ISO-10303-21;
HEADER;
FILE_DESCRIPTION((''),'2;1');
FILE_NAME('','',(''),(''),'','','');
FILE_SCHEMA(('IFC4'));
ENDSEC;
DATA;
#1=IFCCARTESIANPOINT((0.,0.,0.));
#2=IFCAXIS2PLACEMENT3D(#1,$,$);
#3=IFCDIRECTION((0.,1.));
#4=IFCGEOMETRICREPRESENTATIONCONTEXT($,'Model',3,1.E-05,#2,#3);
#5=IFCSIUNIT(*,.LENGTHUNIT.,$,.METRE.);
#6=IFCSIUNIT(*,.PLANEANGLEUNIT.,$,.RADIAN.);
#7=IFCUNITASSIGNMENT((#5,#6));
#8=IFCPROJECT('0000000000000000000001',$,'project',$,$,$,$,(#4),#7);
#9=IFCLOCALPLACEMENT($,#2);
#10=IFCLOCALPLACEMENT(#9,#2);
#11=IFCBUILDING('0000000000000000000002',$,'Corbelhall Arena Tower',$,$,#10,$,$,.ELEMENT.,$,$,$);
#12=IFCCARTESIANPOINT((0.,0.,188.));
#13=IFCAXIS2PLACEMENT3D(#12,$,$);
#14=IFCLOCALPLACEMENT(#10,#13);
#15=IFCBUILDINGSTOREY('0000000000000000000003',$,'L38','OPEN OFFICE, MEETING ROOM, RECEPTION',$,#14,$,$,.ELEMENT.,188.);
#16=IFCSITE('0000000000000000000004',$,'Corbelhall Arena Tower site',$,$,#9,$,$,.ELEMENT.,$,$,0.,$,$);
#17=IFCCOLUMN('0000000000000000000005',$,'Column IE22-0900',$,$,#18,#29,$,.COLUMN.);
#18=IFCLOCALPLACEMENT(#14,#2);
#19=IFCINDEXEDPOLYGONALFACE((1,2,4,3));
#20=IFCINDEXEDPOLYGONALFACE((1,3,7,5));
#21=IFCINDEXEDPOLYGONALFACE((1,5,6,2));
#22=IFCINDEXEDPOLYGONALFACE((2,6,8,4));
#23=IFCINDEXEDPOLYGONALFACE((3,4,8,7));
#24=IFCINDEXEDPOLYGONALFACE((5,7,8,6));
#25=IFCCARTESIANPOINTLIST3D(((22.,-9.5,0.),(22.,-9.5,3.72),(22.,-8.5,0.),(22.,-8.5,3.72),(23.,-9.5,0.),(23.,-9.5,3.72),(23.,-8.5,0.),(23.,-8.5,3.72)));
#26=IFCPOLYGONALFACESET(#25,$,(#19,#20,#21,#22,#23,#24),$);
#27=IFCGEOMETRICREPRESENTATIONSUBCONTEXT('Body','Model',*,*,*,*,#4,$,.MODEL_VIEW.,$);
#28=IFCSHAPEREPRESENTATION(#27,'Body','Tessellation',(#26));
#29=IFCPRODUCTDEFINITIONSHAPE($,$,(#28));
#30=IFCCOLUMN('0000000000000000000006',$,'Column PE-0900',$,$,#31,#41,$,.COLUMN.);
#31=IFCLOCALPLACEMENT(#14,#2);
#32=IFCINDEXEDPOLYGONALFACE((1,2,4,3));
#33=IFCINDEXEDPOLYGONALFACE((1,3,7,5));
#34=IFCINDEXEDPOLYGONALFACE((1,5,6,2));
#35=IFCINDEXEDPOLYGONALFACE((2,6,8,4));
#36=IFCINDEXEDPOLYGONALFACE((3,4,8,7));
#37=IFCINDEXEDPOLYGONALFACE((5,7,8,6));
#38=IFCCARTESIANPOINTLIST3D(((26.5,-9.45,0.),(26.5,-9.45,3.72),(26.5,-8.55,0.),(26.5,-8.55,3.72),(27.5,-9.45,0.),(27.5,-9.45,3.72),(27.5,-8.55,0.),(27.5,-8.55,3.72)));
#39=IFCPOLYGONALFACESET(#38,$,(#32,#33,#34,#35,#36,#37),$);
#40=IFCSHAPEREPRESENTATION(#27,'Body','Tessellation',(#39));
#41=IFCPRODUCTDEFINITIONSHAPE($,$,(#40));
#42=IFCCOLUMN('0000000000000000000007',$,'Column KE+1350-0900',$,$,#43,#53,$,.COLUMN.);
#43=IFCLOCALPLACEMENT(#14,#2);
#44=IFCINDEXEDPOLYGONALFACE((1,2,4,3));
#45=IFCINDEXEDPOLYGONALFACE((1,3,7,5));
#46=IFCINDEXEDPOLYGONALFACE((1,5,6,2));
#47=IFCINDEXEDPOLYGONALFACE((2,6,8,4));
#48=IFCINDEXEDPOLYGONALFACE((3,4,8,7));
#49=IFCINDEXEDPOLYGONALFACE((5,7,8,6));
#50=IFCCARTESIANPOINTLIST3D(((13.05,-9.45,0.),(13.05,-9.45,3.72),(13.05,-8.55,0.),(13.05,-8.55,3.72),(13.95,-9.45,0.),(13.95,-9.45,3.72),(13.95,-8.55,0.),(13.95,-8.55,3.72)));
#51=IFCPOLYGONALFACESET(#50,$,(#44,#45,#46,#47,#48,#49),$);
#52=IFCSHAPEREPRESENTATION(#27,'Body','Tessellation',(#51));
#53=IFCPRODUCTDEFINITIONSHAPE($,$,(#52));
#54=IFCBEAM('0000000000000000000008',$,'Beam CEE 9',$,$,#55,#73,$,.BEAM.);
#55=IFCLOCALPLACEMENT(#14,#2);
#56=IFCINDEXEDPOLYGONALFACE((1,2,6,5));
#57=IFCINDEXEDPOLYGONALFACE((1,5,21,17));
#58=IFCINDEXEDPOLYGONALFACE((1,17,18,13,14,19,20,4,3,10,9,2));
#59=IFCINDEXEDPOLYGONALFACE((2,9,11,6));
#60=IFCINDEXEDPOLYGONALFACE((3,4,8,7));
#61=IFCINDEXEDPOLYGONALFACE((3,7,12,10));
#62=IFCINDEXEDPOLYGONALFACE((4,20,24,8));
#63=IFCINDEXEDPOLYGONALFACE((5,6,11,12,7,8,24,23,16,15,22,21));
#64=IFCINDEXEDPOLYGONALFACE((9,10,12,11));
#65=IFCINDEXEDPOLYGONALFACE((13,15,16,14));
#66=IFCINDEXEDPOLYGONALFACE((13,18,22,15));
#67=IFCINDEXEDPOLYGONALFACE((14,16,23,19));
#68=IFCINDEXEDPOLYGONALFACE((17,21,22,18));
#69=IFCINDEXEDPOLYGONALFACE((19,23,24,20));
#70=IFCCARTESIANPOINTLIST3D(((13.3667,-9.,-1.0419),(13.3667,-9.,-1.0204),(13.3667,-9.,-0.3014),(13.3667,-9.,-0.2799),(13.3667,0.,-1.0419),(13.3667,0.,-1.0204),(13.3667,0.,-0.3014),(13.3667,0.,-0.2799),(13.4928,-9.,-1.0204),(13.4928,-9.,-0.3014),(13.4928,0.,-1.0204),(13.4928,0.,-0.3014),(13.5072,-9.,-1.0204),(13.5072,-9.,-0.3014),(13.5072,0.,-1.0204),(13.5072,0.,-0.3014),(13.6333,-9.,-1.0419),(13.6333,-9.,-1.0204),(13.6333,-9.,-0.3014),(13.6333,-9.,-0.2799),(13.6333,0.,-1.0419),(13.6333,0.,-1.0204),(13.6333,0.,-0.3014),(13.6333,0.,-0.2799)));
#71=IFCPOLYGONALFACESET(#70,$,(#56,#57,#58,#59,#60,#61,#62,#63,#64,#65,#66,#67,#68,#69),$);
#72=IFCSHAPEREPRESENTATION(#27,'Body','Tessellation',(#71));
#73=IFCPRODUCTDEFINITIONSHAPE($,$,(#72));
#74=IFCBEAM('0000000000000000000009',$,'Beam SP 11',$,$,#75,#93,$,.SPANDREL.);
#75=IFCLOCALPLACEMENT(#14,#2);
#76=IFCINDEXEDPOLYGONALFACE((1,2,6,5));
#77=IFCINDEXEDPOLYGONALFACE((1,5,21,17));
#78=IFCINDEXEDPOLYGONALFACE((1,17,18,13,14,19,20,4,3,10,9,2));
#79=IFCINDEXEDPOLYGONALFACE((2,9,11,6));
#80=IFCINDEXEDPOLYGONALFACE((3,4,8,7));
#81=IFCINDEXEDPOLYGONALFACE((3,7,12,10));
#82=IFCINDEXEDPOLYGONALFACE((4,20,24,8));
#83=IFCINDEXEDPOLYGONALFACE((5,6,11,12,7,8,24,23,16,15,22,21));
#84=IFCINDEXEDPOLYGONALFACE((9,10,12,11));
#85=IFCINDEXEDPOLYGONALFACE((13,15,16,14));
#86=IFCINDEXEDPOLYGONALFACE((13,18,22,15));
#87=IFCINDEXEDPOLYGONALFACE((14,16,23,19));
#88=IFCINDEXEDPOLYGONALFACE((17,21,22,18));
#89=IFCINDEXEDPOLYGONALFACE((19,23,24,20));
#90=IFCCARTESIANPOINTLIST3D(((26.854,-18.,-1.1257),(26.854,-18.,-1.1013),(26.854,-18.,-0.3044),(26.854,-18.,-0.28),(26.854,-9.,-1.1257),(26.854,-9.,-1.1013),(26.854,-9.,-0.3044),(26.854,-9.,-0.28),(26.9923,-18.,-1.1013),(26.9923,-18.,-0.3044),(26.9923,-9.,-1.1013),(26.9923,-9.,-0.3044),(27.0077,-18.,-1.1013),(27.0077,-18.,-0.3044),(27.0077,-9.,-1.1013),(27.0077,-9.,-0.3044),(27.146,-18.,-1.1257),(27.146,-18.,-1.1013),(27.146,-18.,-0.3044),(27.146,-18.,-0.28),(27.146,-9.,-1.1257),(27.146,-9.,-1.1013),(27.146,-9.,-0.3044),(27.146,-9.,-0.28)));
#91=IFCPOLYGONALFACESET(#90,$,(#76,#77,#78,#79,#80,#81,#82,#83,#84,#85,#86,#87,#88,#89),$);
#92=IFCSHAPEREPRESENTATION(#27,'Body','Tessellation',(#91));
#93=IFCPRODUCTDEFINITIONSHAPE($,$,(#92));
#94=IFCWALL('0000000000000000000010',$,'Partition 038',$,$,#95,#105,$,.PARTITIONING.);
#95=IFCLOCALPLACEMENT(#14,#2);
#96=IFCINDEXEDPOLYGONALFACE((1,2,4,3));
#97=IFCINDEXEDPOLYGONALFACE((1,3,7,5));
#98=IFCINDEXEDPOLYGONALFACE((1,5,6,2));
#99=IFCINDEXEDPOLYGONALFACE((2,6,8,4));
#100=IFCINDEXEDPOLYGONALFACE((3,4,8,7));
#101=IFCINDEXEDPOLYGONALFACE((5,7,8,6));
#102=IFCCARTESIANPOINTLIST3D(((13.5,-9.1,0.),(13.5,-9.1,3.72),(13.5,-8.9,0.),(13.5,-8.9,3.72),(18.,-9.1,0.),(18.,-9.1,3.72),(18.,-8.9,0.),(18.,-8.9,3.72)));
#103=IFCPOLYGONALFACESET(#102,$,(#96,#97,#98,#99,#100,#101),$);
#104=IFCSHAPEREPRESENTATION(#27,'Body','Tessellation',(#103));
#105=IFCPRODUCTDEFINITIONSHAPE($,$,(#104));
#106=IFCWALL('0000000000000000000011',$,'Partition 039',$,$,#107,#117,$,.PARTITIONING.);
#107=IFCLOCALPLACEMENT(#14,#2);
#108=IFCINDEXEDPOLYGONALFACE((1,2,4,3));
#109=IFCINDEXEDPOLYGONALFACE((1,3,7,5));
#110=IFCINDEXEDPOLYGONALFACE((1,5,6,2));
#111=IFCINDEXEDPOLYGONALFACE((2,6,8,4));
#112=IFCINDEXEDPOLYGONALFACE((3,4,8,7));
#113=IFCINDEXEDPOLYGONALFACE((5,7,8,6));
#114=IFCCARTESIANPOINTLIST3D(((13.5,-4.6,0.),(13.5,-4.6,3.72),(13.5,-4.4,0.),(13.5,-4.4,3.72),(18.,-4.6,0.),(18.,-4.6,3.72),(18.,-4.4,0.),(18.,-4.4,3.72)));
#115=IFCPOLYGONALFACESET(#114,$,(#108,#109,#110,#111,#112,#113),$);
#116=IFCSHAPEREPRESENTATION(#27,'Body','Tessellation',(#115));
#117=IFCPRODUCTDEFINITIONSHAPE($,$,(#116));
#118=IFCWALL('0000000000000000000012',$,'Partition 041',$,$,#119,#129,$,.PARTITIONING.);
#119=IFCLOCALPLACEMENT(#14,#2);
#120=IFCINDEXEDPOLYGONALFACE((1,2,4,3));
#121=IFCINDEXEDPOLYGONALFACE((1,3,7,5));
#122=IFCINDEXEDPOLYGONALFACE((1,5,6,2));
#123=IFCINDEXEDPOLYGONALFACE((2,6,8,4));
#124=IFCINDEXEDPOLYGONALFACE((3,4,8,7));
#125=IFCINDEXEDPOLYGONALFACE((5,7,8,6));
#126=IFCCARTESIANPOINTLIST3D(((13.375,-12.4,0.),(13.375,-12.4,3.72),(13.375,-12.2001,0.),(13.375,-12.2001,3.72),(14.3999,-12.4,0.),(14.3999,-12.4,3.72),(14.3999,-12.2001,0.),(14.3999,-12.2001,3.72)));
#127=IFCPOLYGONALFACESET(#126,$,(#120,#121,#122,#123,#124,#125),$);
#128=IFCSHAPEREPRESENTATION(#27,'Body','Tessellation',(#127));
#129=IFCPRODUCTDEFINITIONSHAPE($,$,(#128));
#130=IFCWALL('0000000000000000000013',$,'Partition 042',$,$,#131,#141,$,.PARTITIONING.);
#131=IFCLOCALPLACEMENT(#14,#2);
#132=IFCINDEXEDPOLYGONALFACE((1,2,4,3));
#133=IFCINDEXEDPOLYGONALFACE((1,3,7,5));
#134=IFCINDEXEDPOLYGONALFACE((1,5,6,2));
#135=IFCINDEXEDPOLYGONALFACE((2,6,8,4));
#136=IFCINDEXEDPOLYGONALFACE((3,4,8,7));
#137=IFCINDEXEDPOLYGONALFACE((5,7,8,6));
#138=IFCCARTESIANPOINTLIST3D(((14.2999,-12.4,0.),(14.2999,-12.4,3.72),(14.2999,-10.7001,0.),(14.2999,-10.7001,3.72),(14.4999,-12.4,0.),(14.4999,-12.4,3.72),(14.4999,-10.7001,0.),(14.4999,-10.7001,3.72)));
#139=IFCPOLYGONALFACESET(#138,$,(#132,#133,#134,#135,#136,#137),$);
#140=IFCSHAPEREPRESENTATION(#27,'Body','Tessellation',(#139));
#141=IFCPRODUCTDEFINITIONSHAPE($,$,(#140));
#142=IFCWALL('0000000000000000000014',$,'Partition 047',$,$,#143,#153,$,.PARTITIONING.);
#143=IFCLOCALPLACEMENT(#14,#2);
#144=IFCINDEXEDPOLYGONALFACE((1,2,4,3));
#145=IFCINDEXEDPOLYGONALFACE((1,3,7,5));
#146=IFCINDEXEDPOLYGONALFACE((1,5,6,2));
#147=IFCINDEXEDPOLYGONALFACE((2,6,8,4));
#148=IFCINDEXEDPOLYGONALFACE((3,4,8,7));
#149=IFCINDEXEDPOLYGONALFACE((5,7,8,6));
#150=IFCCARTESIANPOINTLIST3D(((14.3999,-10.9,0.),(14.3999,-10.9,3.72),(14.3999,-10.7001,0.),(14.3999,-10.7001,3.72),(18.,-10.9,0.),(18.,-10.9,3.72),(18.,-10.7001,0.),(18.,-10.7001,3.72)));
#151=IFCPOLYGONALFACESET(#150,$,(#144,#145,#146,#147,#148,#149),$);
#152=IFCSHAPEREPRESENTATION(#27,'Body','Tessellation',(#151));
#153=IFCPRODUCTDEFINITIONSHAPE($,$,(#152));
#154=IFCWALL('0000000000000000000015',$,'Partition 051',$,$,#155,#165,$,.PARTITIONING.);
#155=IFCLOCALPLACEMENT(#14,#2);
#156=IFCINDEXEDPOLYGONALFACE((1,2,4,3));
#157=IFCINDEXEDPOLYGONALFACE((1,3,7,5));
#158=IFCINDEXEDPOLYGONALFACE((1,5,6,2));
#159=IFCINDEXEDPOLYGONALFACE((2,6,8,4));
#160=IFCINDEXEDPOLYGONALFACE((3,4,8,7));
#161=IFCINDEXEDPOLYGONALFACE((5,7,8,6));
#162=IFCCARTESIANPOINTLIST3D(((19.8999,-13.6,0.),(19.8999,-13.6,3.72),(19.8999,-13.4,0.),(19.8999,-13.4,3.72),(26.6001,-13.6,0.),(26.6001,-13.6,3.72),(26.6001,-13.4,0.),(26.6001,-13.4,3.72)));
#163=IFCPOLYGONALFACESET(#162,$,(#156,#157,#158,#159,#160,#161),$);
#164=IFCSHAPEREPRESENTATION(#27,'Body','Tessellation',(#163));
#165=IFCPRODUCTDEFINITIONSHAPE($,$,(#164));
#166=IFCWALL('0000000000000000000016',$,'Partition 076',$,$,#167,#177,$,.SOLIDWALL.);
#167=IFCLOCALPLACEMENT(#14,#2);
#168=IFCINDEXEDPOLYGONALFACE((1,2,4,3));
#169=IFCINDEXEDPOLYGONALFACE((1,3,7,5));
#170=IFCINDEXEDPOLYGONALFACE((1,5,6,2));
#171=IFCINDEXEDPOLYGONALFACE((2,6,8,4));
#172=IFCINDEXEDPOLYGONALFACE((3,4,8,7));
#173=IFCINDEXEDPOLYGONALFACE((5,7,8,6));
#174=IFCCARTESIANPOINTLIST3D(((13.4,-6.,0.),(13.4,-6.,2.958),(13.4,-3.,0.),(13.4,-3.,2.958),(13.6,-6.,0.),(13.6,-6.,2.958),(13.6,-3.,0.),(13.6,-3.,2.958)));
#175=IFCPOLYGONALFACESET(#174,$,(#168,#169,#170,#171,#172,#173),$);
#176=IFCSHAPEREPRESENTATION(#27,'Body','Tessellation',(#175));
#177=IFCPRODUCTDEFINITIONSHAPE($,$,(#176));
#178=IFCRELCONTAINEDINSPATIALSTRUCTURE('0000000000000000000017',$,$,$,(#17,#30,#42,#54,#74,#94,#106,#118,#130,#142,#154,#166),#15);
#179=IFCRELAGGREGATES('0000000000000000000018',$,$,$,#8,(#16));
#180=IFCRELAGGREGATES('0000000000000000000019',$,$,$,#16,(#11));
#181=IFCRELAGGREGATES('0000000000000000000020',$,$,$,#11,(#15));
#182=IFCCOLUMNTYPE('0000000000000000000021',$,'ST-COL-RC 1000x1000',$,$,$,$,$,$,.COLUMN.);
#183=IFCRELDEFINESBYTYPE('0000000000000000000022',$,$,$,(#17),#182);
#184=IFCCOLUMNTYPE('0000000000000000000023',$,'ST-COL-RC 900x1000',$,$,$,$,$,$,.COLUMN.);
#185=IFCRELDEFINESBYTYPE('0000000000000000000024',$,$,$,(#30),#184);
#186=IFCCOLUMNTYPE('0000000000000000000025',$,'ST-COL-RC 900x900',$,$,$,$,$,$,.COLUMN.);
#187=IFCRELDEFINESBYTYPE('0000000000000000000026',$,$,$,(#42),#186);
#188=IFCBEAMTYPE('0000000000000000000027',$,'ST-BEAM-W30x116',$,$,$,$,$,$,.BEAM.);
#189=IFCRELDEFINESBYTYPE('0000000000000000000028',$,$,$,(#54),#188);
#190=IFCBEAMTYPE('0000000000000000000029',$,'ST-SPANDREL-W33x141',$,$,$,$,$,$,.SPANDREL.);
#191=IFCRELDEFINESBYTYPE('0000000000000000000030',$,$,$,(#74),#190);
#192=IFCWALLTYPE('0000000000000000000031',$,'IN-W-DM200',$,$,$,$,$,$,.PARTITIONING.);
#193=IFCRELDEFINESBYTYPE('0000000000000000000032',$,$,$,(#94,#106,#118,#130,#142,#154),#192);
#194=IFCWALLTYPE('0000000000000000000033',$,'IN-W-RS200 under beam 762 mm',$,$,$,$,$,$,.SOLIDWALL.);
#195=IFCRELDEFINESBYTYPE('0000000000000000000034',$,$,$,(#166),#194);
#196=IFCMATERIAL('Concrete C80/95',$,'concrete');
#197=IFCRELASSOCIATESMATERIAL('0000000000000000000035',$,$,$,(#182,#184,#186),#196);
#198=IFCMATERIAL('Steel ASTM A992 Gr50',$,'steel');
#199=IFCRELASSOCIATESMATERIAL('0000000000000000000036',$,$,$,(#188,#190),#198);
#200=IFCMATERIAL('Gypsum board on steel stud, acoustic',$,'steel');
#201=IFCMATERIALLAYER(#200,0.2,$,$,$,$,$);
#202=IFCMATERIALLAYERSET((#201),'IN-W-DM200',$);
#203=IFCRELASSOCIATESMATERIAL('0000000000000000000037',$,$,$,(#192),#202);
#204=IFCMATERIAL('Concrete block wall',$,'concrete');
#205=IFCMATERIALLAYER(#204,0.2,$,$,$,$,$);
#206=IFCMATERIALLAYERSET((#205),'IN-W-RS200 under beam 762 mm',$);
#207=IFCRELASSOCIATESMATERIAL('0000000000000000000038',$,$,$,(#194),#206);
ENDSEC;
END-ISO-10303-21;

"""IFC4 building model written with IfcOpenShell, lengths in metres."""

from ifc_helpers import new_model, si_unit, direction, frame, frame_2d, origin, origin_2d, place, context, subcontext, project, spatial, rectangle, i_section, extrude, material, layer, layer_set, material_profile, profile_set, type_object, element, save


model = new_model("IFC4")

# Units and contexts
model_context = context("Model", 3, precision=1e-05, world=origin(), true_north=direction((0.0, 1.0)))
body_context = subcontext(model_context, "Body", "Model", "MODEL_VIEW")
ifc_project = project(units=[si_unit("LENGTHUNIT", "METRE"), si_unit("PLANEANGLEUNIT", "RADIAN")], contexts=[model_context])

# Site, building, storey
site_placement = place(None, origin())
site = spatial("IfcSite", under=ifc_project, at=site_placement, Name="Corbelhall Arena Tower site", CompositionType="ELEMENT", RefElevation=0.0)
building_placement = place(site_placement, origin())
building = spatial("IfcBuilding", under=site, at=building_placement, Name="Corbelhall Arena Tower", CompositionType="ELEMENT")
storey_placement = place(building_placement, frame((0.0, 0.0, 188.0)))
storey = spatial("IfcBuildingStorey", under=building, at=storey_placement, Name="L38", Description="OPEN OFFICE, MEETING ROOM, RECEPTION", CompositionType="ELEMENT", Elevation=188.0)

# Columns
ifc_material_1 = material(Name="Concrete C80/95", Category="concrete")
ifc_material_profile_1 = material_profile(ifc_material_1, rectangle(XDim=1.0, YDim=1.0, at=origin_2d()))
ifc_profile_set_1 = profile_set([ifc_material_profile_1], Name="Concrete C80/95")
column_type_1 = type_object("IfcColumnType", Name="ST-COL-RC 1000x1000", PredefinedType="COLUMN", material=ifc_profile_set_1)
column_1_placement = place(storey_placement, frame((22.5, -9.0, 0.0), z_axis=(0.0, 0.0, 1.0), x_axis=(1.0, 0.0, 0.0)))
element("IfcColumn", 1, at=column_1_placement, inside=storey, type_object=column_type_1, Name="Column IE22-0900", PredefinedType="COLUMN", context=body_context, shape_type="SweptSolid", body=[
    extrude(rectangle(XDim=1.0, YDim=1.0, at=origin_2d()), origin(), (0.0, 0.0, 1.0), 3.72),
])
ifc_material_profile_2 = material_profile(ifc_material_1, rectangle(XDim=0.8999, YDim=1.0, at=origin_2d()))
ifc_profile_set_2 = profile_set([ifc_material_profile_2], Name="Concrete C80/95")
column_type_2 = type_object("IfcColumnType", Name="ST-COL-RC 900x1000", PredefinedType="COLUMN", material=ifc_profile_set_2)
column_2_placement = place(storey_placement, frame((27.0, -9.0, 0.0), z_axis=(0.0, 0.0, 1.0), x_axis=(0.0, 1.0, 0.0)))
element("IfcColumn", 2, at=column_2_placement, inside=storey, type_object=column_type_2, Name="Column PE-0900", PredefinedType="COLUMN", context=body_context, shape_type="SweptSolid", body=[
    extrude(rectangle(XDim=0.8999, YDim=1.0, at=origin_2d()), origin(), (0.0, 0.0, 1.0), 3.72),
])
ifc_material_profile_3 = material_profile(ifc_material_1, rectangle(XDim=0.8999, YDim=0.8999, at=origin_2d()))
ifc_profile_set_3 = profile_set([ifc_material_profile_3], Name="Concrete C80/95")
column_type_3 = type_object("IfcColumnType", Name="ST-COL-RC 900x900", PredefinedType="COLUMN", material=ifc_profile_set_3)
column_3_placement = place(storey_placement, frame((13.5, -9.0, 0.0), z_axis=(0.0, 0.0, 1.0), x_axis=(1.0, 0.0, 0.0)))
element("IfcColumn", 3, at=column_3_placement, inside=storey, type_object=column_type_3, Name="Column KE+1350-0900", PredefinedType="COLUMN", context=body_context, shape_type="SweptSolid", body=[
    extrude(rectangle(XDim=0.8999, YDim=0.8999, at=origin_2d()), origin(), (0.0, 0.0, 1.0), 3.72),
])

# Beams
ifc_material_2 = material(Name="Steel ASTM A992 Gr50", Category="steel")
ifc_material_profile_4 = material_profile(ifc_material_2, i_section(OverallWidth=0.2666, OverallDepth=0.762, WebThickness=0.0144, FlangeThickness=0.0215, at=origin_2d()))
ifc_profile_set_4 = profile_set([ifc_material_profile_4], Name="Steel ASTM A992 Gr50")
beam_type_1 = type_object("IfcBeamType", Name="ST-BEAM-W30x116", PredefinedType="BEAM", material=ifc_profile_set_4)
beam_1_placement = place(storey_placement, frame((13.5, -9.0, -0.6609), z_axis=(0.0, 1.0, 0.0), x_axis=(-1.0, 0.0, 0.0)))
element("IfcBeam", 4, at=beam_1_placement, inside=storey, type_object=beam_type_1, Name="Beam CEE 9", PredefinedType="BEAM", context=body_context, shape_type="SweptSolid", body=[
    extrude(i_section(OverallWidth=0.2666, OverallDepth=0.762, WebThickness=0.0144, FlangeThickness=0.0215, at=origin_2d()), origin(), (0.0, 0.0, 1.0), 9.0),
])
ifc_material_profile_5 = material_profile(ifc_material_2, i_section(OverallWidth=0.292, OverallDepth=0.8457, WebThickness=0.0154, FlangeThickness=0.0244, at=origin_2d()))
ifc_profile_set_5 = profile_set([ifc_material_profile_5], Name="Steel ASTM A992 Gr50")
beam_type_2 = type_object("IfcBeamType", Name="ST-SPANDREL-W33x141", PredefinedType="SPANDREL", material=ifc_profile_set_5)
beam_2_placement = place(storey_placement, frame((27.0, -9.0, -0.7029), z_axis=(0.0, -1.0, 0.0), x_axis=(1.0, 0.0, 0.0)))
element("IfcBeam", 5, at=beam_2_placement, inside=storey, type_object=beam_type_2, Name="Beam SP 11", PredefinedType="SPANDREL", context=body_context, shape_type="SweptSolid", body=[
    extrude(i_section(OverallWidth=0.292, OverallDepth=0.8457, WebThickness=0.0154, FlangeThickness=0.0244, at=origin_2d()), origin(), (0.0, 0.0, 1.0), 9.0),
])

# Walls
ifc_material_3 = material(Name="Gypsum board on steel stud, acoustic", Category="steel")
ifc_layer_1 = layer(ifc_material_3, 0.2)
ifc_layer_set_1 = layer_set([ifc_layer_1], Name="IN-W-DM200")
wall_type_1 = type_object("IfcWallType", Name="IN-W-DM200", PredefinedType="PARTITIONING", material=ifc_layer_set_1)
for number, where, z_axis, x_axis, name in (
    (6, (13.5, -9.0, 0.0), (0.0, 0.0, 1.0), (1.0, 0.0, 0.0), "Partition 038"),
    (7, (13.5, -4.5, 0.0), (0.0, 0.0, 1.0), (1.0, 0.0, 0.0), "Partition 039"),
):
    element("IfcWall", number, at=place(storey_placement, frame(where, z_axis=z_axis, x_axis=x_axis)), inside=storey, type_object=wall_type_1, Name=name, PredefinedType="PARTITIONING", context=body_context, shape_type="SweptSolid", body=[
        extrude(rectangle(XDim=4.5, YDim=0.2, at=frame_2d((2.25, 0.0))), origin(), (0.0, 0.0, 1.0), 3.72),
    ])
wall_1_placement = place(storey_placement, frame((14.3999, -12.3, 0.0), z_axis=(0.0, 0.0, 1.0), x_axis=(-1.0, 0.0, 0.0)))
element("IfcWall", 8, at=wall_1_placement, inside=storey, type_object=wall_type_1, Name="Partition 041", PredefinedType="PARTITIONING", context=body_context, shape_type="SweptSolid", body=[
    extrude(rectangle(XDim=1.0249, YDim=0.2, at=frame_2d((0.5125, 0.0))), origin(), (0.0, 0.0, 1.0), 3.72),
])
wall_2_placement = place(storey_placement, frame((14.3999, -10.7, 0.0), z_axis=(0.0, 0.0, 1.0), x_axis=(0.0, -1.0, 0.0)))
element("IfcWall", 9, at=wall_2_placement, inside=storey, type_object=wall_type_1, Name="Partition 042", PredefinedType="PARTITIONING", context=body_context, shape_type="SweptSolid", body=[
    extrude(rectangle(XDim=1.7, YDim=0.2, at=frame_2d((0.8501, 0.0))), origin(), (0.0, 0.0, 1.0), 3.72),
])
wall_3_placement = place(storey_placement, frame((18.0, -10.8, 0.0), z_axis=(0.0, 0.0, 1.0), x_axis=(-1.0, 0.0, 0.0)))
element("IfcWall", 10, at=wall_3_placement, inside=storey, type_object=wall_type_1, Name="Partition 047", PredefinedType="PARTITIONING", context=body_context, shape_type="SweptSolid", body=[
    extrude(rectangle(XDim=3.6001, YDim=0.2, at=frame_2d((1.8, 0.0))), origin(), (0.0, 0.0, 1.0), 3.72),
])

# Wall
wall_4_placement = place(storey_placement, frame((19.8999, -13.5, 0.0), z_axis=(0.0, 0.0, 1.0), x_axis=(1.0, 0.0, 0.0)))
element("IfcWall", 11, at=wall_4_placement, inside=storey, type_object=wall_type_1, Name="Partition 051", PredefinedType="PARTITIONING", context=body_context, shape_type="SweptSolid", body=[
    extrude(rectangle(XDim=6.7002, YDim=0.2, at=frame_2d((3.3501, 0.0))), origin(), (0.0, 0.0, 1.0), 3.72),
])

# Shared definitions
ifc_material_4 = material(Name="Concrete block wall", Category="concrete")

# Wall
ifc_layer_2 = layer(ifc_material_4, 0.2)
ifc_layer_set_2 = layer_set([ifc_layer_2], Name="IN-W-RS200 under beam 762 mm")
wall_type_2 = type_object("IfcWallType", Name="IN-W-RS200 under beam 762 mm", PredefinedType="SOLIDWALL", material=ifc_layer_set_2)
wall_5_placement = place(storey_placement, frame((13.5, -3.0, 0.0), z_axis=(0.0, 0.0, 1.0), x_axis=(0.0, -1.0, 0.0)))
element("IfcWall", 12, at=wall_5_placement, inside=storey, type_object=wall_type_2, Name="Partition 076", PredefinedType="SOLIDWALL", context=body_context, shape_type="SweptSolid", body=[
    extrude(rectangle(XDim=3.0, YDim=0.2, at=frame_2d((1.5, 0.0))), origin(), (0.0, 0.0, 1.0), 2.958),
])

save(model, "model.ifc")
